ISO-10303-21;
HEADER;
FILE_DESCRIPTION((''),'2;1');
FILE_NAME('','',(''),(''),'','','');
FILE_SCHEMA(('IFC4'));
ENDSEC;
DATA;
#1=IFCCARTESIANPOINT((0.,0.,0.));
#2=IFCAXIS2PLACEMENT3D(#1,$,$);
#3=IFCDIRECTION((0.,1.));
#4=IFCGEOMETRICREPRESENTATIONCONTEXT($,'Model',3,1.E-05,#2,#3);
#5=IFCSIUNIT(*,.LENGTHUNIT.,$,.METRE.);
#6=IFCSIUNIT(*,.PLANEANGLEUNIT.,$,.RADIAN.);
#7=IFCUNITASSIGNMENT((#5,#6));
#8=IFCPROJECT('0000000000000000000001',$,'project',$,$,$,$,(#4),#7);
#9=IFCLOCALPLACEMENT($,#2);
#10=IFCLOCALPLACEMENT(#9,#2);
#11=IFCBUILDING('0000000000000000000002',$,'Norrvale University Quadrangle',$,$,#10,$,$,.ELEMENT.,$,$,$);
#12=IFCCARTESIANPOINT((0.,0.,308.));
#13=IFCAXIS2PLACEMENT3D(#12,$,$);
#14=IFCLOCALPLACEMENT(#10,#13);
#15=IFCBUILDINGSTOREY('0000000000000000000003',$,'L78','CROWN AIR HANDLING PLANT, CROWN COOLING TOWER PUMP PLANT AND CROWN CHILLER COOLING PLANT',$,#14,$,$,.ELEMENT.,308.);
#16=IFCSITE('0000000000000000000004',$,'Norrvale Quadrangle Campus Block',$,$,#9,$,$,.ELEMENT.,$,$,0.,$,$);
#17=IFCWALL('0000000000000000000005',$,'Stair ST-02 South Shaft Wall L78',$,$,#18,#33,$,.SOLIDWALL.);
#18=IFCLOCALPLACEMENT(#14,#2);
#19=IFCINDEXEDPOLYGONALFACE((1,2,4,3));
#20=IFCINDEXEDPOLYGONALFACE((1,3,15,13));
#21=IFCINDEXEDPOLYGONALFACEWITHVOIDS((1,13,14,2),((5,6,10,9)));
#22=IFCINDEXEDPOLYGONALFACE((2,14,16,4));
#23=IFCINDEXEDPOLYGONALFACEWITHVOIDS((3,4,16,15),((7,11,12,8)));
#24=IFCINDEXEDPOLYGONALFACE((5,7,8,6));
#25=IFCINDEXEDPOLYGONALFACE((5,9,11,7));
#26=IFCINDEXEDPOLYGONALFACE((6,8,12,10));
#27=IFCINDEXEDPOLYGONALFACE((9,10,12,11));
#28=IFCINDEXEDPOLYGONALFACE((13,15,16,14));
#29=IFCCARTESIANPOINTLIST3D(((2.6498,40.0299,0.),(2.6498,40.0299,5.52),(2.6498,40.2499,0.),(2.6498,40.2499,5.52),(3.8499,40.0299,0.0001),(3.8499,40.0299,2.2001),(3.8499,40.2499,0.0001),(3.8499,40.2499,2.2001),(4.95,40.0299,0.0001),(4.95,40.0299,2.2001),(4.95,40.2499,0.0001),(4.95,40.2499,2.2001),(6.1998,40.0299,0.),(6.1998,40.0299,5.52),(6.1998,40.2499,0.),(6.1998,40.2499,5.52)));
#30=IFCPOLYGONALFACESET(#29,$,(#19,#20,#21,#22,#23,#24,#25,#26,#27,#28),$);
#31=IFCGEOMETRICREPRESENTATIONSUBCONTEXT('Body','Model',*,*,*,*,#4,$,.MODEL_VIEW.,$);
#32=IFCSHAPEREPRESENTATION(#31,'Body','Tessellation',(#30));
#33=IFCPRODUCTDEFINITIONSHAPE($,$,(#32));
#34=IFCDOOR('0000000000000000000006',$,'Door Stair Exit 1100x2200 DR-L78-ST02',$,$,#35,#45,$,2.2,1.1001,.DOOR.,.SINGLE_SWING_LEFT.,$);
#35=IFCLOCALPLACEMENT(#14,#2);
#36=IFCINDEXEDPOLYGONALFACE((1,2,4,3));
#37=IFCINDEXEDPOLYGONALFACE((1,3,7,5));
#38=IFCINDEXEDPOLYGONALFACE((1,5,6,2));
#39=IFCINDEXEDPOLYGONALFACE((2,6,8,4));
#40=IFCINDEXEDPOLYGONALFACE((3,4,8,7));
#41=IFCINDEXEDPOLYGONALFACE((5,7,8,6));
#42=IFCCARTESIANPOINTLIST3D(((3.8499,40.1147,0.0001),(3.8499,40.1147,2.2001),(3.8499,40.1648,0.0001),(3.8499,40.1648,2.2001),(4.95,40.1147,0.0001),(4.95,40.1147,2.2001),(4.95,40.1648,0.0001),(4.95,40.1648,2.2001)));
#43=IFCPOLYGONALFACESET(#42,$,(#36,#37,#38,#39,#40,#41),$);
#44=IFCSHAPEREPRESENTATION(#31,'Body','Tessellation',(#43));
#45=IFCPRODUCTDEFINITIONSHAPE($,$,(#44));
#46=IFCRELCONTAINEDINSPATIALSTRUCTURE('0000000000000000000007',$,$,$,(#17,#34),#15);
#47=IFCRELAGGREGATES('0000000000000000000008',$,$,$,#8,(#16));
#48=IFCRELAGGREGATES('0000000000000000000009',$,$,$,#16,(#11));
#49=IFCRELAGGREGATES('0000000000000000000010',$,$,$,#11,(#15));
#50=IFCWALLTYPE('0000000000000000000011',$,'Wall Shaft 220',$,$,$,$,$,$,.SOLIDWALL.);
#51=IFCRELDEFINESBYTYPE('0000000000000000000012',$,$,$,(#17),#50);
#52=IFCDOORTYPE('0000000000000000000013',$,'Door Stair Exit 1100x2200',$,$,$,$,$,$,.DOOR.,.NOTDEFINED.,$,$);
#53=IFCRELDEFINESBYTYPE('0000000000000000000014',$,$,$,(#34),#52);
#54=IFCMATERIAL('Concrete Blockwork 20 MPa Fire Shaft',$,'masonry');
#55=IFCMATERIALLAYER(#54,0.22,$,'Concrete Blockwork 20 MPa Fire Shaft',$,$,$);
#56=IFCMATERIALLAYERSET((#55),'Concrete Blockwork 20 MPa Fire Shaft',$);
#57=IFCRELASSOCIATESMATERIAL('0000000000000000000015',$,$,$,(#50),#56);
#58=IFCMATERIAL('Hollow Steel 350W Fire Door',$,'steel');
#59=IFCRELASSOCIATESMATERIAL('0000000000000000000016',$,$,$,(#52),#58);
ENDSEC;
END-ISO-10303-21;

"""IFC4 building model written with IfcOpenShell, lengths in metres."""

from ifc_helpers import new_model, si_unit, direction, frame, frame_2d, origin, place, context, subcontext, project, spatial, rectangle, extrude, material, layer, layer_set, type_object, element, fill, save


model = new_model("IFC4")

# Units and contexts
model_context = context("Model", 3, precision=1e-05, world=origin(), true_north=direction((0.0, 1.0)))
body_context = subcontext(model_context, "Body", "Model", "MODEL_VIEW")
ifc_project = project(units=[si_unit("LENGTHUNIT", "METRE"), si_unit("PLANEANGLEUNIT", "RADIAN")], contexts=[model_context])

# Site, building, storey
site_placement = place(None, origin())
site = spatial("IfcSite", under=ifc_project, at=site_placement, Name="Norrvale Quadrangle Campus Block", CompositionType="ELEMENT", RefElevation=0.0)
building_placement = place(site_placement, origin())
building = spatial("IfcBuilding", under=site, at=building_placement, Name="Norrvale University Quadrangle", CompositionType="ELEMENT")
storey_placement = place(building_placement, frame((0.0, 0.0, 308.0)))
storey = spatial("IfcBuildingStorey", under=building, at=storey_placement, Name="L78", Description="CROWN AIR HANDLING PLANT, CROWN COOLING TOWER PUMP PLANT AND CROWN CHILLER COOLING PLANT", CompositionType="ELEMENT", Elevation=308.0)

# Wall, opening, door
ifc_material_1 = material(Name="Concrete Blockwork 20 MPa Fire Shaft", Category="masonry")
ifc_layer_1 = layer(ifc_material_1, 0.22, Name="Concrete Blockwork 20 MPa Fire Shaft")
ifc_layer_set_1 = layer_set([ifc_layer_1], Name="Concrete Blockwork 20 MPa Fire Shaft")
wall_type_1 = type_object("IfcWallType", Name="Wall Shaft 220", PredefinedType="SOLIDWALL", material=ifc_layer_set_1)
wall_1_placement = place(storey_placement, frame((2.6499, 40.1399, 0.0), z_axis=(0.0, 0.0, 1.0), x_axis=(1.0, 0.0, 0.0)))
wall_1 = element("IfcWall", 1, at=wall_1_placement, inside=storey, type_object=wall_type_1, Name="Stair ST-02 South Shaft Wall L78", PredefinedType="SOLIDWALL", context=body_context, shape_type="SweptSolid", body=[
    extrude(rectangle(XDim=3.55, YDim=0.22, at=frame_2d((1.7749, 0.0))), origin(), (0.0, 0.0, 1.0), 5.52),
])
opening_placement = place(wall_1_placement, frame((1.2, 0.0, 0.0)))
opening = element("IfcOpeningElement", 2, at=opening_placement, cuts=wall_1, PredefinedType="OPENING", context=body_context, shape_type="SweptSolid", body=[
    extrude(rectangle(XDim=1.1001, YDim=2.2, at=frame_2d((0.55, 1.1001))), frame((0.0, 0.1221, 0.0), z_axis=(0.0, -1.0, 0.0), x_axis=(1.0, 0.0, 0.0)), (0.0, 0.0, 1.0), 0.2439),
])
ifc_material_2 = material(Name="Hollow Steel 350W Fire Door", Category="steel")
door_type = type_object("IfcDoorType", Name="Door Stair Exit 1100x2200", OperationType="NOTDEFINED", PredefinedType="DOOR", material=ifc_material_2)
door_placement = place(opening_placement, origin())
door = element("IfcDoor", 3, at=door_placement, inside=storey, type_object=door_type, Name="Door Stair Exit 1100x2200 DR-L78-ST02", OperationType="SINGLE_SWING_LEFT", OverallHeight=2.2, OverallWidth=1.1001, PredefinedType="DOOR", context=body_context, shape_type="SweptSolid", body=[
    extrude(rectangle(XDim=1.1001, YDim=2.2, at=frame_2d((0.55, 1.1001))), frame((0.0, 0.0249, 0.0), z_axis=(0.0, -1.0, 0.0), x_axis=(1.0, 0.0, 0.0)), (0.0, 0.0, 1.0), 0.05),
])
fill(opening, door)

save(model, "model.ifc")
